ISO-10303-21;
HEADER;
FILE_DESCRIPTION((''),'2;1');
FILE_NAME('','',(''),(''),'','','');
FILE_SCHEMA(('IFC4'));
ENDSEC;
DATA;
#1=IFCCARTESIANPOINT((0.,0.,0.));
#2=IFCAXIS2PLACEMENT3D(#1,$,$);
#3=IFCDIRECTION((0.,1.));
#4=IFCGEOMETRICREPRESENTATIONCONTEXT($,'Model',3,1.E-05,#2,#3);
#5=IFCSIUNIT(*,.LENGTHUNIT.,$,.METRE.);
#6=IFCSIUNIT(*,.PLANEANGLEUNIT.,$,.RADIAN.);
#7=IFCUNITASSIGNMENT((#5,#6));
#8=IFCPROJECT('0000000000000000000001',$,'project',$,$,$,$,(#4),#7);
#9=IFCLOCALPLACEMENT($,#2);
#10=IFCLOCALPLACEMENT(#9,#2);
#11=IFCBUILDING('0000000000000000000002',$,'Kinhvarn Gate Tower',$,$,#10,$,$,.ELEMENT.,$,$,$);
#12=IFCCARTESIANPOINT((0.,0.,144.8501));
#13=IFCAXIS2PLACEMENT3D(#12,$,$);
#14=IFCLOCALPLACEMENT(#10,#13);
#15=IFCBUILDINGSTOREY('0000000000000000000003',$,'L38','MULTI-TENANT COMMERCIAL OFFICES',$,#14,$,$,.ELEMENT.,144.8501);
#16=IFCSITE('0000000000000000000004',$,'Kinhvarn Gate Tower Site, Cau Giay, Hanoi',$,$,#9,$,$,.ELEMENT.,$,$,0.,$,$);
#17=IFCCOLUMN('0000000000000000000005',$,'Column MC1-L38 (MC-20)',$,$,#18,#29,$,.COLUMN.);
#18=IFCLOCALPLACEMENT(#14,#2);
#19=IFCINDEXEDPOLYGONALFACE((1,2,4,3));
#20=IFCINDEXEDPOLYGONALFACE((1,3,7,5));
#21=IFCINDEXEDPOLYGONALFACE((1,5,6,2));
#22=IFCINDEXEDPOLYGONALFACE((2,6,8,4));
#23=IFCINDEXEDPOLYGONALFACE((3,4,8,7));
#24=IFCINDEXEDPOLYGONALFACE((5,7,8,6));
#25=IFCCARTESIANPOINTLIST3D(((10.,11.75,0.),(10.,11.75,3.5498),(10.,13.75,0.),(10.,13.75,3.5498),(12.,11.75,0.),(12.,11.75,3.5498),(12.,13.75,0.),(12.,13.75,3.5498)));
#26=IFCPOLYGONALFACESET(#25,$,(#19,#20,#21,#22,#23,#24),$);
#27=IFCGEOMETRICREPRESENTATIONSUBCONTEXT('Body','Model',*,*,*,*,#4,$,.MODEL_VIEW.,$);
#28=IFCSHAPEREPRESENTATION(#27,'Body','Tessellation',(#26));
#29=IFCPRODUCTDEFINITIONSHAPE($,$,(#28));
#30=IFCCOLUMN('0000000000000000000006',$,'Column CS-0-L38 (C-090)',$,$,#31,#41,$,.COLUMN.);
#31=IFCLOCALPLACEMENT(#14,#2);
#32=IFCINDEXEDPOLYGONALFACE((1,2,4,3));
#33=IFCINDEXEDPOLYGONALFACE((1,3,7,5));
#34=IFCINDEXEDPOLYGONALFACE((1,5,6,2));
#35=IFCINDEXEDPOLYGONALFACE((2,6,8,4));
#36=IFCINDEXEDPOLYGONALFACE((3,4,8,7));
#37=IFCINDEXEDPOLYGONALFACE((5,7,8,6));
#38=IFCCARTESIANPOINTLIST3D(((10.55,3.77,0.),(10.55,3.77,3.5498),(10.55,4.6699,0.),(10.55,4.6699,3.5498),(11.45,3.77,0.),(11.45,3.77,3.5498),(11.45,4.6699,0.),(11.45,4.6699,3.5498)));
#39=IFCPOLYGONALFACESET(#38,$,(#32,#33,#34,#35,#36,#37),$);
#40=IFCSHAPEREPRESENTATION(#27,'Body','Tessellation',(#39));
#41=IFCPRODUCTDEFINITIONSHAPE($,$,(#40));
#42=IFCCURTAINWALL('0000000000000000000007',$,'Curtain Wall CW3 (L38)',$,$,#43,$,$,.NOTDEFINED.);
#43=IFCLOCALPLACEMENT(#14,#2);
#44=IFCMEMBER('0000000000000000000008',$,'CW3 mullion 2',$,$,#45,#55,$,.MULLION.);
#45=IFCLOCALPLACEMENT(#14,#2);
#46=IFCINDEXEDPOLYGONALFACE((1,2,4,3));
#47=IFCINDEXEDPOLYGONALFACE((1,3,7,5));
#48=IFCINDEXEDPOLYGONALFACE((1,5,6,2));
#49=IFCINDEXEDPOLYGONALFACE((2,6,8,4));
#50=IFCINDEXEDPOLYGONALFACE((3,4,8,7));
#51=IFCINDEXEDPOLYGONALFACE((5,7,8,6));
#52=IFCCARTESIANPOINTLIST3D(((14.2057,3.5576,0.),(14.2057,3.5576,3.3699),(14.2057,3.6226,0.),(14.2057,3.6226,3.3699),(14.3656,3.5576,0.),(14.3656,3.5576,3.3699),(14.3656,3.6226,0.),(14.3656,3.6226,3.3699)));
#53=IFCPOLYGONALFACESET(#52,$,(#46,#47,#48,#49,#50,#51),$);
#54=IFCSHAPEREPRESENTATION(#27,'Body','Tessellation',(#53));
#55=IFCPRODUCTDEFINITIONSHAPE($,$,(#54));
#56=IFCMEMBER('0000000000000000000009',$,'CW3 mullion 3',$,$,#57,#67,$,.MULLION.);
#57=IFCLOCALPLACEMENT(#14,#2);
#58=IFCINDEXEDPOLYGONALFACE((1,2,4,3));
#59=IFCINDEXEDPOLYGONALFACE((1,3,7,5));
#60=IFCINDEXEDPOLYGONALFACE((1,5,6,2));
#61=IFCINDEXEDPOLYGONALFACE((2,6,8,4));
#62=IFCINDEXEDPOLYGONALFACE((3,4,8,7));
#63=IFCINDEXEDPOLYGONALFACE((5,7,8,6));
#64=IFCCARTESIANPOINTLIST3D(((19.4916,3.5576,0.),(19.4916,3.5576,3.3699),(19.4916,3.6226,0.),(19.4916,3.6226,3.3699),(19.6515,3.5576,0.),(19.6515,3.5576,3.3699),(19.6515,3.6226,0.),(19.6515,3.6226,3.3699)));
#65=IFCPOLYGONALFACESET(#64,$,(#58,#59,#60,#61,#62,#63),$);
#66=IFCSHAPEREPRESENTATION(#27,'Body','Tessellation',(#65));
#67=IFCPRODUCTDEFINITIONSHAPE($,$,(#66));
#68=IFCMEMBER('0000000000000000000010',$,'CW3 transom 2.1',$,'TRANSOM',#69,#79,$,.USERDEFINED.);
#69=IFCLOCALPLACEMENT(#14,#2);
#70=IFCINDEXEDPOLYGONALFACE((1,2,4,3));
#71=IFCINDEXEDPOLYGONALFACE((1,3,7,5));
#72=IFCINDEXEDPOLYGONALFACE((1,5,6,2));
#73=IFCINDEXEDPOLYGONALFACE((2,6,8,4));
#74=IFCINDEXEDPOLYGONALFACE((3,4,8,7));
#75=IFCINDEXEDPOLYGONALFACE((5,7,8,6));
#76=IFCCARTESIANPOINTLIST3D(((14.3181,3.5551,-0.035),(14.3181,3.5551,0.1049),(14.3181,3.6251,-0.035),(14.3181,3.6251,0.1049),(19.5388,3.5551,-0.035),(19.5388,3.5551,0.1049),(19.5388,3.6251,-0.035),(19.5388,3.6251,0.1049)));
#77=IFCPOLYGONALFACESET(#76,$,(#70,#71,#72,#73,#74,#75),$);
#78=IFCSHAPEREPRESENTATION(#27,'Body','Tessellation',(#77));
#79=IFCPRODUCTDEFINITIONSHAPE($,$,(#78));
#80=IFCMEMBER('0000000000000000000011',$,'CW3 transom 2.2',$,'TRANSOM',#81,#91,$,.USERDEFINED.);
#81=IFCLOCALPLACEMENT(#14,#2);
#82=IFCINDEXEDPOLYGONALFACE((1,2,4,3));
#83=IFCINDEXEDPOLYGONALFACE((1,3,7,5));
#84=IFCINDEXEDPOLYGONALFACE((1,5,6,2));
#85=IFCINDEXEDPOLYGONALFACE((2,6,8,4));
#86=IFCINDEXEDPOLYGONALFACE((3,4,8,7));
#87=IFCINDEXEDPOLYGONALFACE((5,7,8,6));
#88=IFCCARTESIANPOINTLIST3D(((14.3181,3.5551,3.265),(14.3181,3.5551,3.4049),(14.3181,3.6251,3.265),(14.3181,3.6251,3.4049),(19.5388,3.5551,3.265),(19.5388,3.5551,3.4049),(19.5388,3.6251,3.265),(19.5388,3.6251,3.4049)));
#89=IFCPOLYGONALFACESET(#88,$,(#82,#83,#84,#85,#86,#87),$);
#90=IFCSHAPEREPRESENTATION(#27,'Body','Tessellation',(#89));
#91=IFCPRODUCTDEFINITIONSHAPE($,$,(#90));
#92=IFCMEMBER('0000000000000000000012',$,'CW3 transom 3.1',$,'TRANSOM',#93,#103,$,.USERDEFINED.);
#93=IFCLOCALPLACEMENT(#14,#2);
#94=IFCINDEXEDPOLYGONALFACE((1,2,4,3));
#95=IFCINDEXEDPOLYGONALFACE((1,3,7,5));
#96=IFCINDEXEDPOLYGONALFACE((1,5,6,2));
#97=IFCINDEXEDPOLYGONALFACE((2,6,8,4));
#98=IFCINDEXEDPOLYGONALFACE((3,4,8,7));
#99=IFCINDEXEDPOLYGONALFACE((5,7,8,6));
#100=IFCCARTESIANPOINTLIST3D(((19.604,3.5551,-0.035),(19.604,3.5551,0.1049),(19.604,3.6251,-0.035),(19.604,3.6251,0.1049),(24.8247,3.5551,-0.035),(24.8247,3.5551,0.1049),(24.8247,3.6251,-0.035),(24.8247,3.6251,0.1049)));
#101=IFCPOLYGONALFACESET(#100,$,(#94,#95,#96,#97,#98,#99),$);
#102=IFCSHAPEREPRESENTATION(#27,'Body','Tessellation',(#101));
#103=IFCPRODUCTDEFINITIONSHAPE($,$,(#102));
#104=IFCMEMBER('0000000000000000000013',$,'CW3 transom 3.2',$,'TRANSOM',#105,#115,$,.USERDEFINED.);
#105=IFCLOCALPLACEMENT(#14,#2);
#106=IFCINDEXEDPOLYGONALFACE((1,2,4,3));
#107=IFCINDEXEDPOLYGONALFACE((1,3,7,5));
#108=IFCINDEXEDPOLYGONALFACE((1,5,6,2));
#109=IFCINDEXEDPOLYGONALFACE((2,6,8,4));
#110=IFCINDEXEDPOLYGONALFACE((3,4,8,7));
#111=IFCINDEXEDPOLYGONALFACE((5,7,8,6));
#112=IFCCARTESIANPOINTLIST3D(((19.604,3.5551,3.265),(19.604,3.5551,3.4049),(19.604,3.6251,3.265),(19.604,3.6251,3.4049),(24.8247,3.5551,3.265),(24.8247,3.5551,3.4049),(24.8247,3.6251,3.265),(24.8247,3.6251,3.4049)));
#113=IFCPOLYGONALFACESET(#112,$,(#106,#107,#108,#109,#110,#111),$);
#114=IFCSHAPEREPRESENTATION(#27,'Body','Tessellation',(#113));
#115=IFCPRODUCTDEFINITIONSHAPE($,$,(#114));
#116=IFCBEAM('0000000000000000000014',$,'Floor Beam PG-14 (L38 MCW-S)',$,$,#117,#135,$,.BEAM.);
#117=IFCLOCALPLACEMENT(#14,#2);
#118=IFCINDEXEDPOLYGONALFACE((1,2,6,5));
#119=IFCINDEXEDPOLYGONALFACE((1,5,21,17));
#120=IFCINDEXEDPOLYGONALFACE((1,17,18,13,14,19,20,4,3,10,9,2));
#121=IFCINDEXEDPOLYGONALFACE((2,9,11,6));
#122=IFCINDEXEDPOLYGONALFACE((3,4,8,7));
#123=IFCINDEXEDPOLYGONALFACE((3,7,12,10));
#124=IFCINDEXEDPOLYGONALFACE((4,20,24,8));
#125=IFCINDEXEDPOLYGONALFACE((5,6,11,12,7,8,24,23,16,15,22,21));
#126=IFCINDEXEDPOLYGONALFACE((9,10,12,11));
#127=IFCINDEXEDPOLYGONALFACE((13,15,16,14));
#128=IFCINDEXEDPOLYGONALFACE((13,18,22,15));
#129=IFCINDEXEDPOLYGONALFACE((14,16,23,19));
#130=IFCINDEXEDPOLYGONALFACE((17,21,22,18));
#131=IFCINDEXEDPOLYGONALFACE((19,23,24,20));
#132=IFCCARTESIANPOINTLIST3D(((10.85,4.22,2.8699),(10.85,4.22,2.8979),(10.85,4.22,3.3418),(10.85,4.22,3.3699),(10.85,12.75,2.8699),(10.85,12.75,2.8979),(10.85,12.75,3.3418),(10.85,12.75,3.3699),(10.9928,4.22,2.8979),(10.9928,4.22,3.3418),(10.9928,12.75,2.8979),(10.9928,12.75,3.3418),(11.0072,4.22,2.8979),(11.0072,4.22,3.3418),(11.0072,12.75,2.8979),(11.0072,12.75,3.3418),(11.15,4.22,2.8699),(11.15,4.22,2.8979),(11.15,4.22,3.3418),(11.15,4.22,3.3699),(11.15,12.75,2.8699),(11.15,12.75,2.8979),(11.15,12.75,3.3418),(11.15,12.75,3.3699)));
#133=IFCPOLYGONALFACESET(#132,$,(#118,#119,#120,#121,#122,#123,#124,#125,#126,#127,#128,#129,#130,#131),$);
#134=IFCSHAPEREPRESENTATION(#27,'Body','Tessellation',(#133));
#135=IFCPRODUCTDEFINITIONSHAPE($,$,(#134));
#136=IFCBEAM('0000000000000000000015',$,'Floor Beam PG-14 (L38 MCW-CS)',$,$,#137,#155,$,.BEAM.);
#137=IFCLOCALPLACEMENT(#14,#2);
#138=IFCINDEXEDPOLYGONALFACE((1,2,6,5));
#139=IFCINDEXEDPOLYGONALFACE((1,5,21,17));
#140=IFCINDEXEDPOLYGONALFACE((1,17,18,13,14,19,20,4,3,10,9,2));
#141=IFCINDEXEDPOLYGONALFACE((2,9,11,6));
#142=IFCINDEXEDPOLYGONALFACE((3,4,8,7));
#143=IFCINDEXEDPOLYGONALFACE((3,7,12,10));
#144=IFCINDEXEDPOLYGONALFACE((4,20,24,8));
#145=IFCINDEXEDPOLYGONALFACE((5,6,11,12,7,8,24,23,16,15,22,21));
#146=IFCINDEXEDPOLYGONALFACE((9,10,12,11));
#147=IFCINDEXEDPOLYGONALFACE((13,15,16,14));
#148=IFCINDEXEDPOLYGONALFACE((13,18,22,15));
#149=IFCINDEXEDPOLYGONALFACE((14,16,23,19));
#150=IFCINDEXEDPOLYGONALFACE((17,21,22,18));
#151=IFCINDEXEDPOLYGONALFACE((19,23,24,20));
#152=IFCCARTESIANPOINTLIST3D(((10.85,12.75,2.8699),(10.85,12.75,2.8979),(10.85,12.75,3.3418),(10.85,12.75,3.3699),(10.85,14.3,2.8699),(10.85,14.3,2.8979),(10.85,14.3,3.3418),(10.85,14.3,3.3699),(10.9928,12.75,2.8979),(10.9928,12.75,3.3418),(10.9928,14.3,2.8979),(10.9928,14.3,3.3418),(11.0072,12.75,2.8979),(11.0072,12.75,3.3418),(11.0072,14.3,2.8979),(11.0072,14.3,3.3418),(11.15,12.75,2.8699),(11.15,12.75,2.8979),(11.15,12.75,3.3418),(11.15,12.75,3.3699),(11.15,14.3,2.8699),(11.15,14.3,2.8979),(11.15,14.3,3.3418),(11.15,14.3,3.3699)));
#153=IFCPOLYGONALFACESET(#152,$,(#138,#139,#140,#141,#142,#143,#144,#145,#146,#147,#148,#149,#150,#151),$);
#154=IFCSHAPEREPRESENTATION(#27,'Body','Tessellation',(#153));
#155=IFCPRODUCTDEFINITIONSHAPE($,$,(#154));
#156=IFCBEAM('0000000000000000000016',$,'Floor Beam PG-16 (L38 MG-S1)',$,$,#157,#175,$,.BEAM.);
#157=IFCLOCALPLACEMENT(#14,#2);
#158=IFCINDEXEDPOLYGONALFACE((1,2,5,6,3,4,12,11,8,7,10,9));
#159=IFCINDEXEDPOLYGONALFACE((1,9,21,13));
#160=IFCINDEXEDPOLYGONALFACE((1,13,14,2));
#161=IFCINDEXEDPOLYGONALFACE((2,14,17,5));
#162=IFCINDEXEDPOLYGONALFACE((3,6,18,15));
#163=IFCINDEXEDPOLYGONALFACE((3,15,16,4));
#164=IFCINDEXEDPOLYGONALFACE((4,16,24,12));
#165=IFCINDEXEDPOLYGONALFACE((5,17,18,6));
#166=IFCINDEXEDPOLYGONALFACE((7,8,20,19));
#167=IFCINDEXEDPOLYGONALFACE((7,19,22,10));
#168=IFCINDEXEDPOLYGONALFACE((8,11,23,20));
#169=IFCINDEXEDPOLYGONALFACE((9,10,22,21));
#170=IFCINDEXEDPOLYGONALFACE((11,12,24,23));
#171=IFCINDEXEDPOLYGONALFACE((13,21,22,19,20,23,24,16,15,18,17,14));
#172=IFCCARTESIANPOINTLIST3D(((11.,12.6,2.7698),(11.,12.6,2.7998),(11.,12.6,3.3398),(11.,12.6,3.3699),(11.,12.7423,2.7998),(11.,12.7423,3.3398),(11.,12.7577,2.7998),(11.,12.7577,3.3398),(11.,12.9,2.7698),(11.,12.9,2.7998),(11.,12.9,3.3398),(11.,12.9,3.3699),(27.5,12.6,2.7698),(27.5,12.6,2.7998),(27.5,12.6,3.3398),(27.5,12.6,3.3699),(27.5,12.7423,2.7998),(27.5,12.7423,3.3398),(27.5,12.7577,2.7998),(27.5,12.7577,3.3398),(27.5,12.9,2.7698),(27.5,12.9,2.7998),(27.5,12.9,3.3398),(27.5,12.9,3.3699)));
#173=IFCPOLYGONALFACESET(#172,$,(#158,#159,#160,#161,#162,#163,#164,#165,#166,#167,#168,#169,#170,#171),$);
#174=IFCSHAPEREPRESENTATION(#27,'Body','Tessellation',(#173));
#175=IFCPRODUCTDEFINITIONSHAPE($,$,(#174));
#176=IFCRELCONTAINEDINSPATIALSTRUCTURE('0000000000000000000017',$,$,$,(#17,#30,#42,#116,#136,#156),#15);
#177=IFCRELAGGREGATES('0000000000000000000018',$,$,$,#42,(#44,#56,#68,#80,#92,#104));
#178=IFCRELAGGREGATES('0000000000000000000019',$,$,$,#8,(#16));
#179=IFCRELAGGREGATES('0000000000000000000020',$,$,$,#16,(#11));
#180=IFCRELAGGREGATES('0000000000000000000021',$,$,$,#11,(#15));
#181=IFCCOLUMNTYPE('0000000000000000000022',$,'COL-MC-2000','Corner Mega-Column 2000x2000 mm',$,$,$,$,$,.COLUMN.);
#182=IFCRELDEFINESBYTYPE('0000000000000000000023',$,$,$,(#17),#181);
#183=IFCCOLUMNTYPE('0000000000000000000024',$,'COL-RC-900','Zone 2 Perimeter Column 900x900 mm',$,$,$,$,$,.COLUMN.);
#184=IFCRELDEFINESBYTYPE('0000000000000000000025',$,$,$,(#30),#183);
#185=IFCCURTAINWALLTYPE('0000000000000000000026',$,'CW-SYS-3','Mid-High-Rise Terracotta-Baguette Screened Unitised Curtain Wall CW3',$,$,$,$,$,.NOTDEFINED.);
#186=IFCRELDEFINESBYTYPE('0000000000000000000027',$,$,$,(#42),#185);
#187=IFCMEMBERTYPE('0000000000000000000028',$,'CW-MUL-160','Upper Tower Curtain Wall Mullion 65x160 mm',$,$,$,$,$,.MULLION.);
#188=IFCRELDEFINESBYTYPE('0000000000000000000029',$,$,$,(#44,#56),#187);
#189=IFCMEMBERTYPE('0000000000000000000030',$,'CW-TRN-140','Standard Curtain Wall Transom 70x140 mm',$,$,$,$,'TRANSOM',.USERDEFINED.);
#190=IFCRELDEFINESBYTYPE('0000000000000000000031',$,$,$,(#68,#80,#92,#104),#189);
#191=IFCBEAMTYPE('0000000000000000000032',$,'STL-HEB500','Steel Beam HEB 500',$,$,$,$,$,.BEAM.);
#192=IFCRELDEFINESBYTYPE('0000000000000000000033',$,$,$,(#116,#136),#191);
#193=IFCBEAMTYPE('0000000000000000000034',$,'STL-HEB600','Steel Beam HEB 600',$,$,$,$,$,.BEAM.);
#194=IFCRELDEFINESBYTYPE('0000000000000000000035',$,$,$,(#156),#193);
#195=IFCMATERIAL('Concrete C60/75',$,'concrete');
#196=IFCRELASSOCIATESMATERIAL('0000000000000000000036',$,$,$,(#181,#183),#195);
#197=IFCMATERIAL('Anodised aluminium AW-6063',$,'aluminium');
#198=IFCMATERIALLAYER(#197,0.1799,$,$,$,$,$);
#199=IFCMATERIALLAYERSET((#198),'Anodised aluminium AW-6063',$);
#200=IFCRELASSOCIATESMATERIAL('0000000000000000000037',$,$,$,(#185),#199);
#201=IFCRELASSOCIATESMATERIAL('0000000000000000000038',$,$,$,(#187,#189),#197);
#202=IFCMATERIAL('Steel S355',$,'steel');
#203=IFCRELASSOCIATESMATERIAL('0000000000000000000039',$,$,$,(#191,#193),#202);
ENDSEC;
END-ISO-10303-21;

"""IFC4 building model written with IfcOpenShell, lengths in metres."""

from ifc_helpers import new_model, si_unit, direction, frame, origin, origin_2d, place, context, subcontext, project, spatial, rectangle, i_section, extrude, material, layer, layer_set, material_profile, profile_set, type_object, element, aggregate, save


model = new_model("IFC4")

# Units and contexts
model_context = context("Model", 3, precision=1e-05, world=origin(), true_north=direction((0.0, 1.0)))
body_context = subcontext(model_context, "Body", "Model", "MODEL_VIEW")
ifc_project = project(units=[si_unit("LENGTHUNIT", "METRE"), si_unit("PLANEANGLEUNIT", "RADIAN")], contexts=[model_context])

# Site, building, storey
site_placement = place(None, origin())
site = spatial("IfcSite", under=ifc_project, at=site_placement, Name="Kinhvarn Gate Tower Site, Cau Giay, Hanoi", CompositionType="ELEMENT", RefElevation=0.0)
building_placement = place(site_placement, origin())
building = spatial("IfcBuilding", under=site, at=building_placement, Name="Kinhvarn Gate Tower", CompositionType="ELEMENT")
storey_placement = place(building_placement, frame((0.0, 0.0, 144.8501)))
storey = spatial("IfcBuildingStorey", under=building, at=storey_placement, Name="L38", Description="MULTI-TENANT COMMERCIAL OFFICES", CompositionType="ELEMENT", Elevation=144.8501)

# Columns
ifc_material_1 = material(Name="Concrete C60/75", Category="concrete")
ifc_material_profile_1 = material_profile(ifc_material_1, rectangle(XDim=2.0, YDim=2.0, at=origin_2d()), Name="RC 2000x2000")
ifc_profile_set_1 = profile_set([ifc_material_profile_1], Name="Concrete C60/75")
column_type_1 = type_object("IfcColumnType", Name="COL-MC-2000", Description="Corner Mega-Column 2000x2000 mm", PredefinedType="COLUMN", material=ifc_profile_set_1)
column_1_placement = place(storey_placement, frame((11.0, 12.75, 0.0), z_axis=(0.0, 0.0, 1.0), x_axis=(1.0, 0.0, 0.0)))
element("IfcColumn", 1, at=column_1_placement, inside=storey, type_object=column_type_1, Name="Column MC1-L38 (MC-20)", PredefinedType="COLUMN", context=body_context, shape_type="SweptSolid", body=[
    extrude(rectangle(XDim=2.0, YDim=2.0, at=origin_2d()), origin(), (0.0, 0.0, 1.0), 3.5498),
])
ifc_material_profile_2 = material_profile(ifc_material_1, rectangle(XDim=0.8999, YDim=0.8999, at=origin_2d()), Name="RC 900x900")
ifc_profile_set_2 = profile_set([ifc_material_profile_2], Name="Concrete C60/75")
column_type_2 = type_object("IfcColumnType", Name="COL-RC-900", Description="Zone 2 Perimeter Column 900x900 mm", PredefinedType="COLUMN", material=ifc_profile_set_2)
column_2_placement = place(storey_placement, frame((11.0, 4.22, 0.0), z_axis=(0.0, 0.0, 1.0), x_axis=(1.0, 0.0, 0.0)))
element("IfcColumn", 2, at=column_2_placement, inside=storey, type_object=column_type_2, Name="Column CS-0-L38 (C-090)", PredefinedType="COLUMN", context=body_context, shape_type="SweptSolid", body=[
    extrude(rectangle(XDim=0.8999, YDim=0.8999, at=origin_2d()), origin(), (0.0, 0.0, 1.0), 3.5498),
])

# Curtain wall, members
ifc_material_2 = material(Name="Anodised aluminium AW-6063", Category="aluminium")
ifc_layer_1 = layer(ifc_material_2, 0.1799)
ifc_layer_set_1 = layer_set([ifc_layer_1], Name="Anodised aluminium AW-6063")
curtain_wall_type = type_object("IfcCurtainWallType", Name="CW-SYS-3", Description="Mid-High-Rise Terracotta-Baguette Screened Unitised Curtain Wall CW3", PredefinedType="NOTDEFINED", material=ifc_layer_set_1)
curtain_wall_placement = place(storey_placement, origin())
curtain_wall = element("IfcCurtainWall", 3, at=curtain_wall_placement, inside=storey, type_object=curtain_wall_type, Name="Curtain Wall CW3 (L38)", PredefinedType="NOTDEFINED")
ifc_material_profile_3 = material_profile(ifc_material_2, rectangle(XDim=0.0649, YDim=0.1599, at=origin_2d()), Name="ALU 65x160")
ifc_profile_set_3 = profile_set([ifc_material_profile_3], Name="Anodised aluminium AW-6063")
member_type_1 = type_object("IfcMemberType", Name="CW-MUL-160", Description="Upper Tower Curtain Wall Mullion 65x160 mm", PredefinedType="MULLION", material=ifc_profile_set_3)
member_1_placement = place(storey_placement, frame((14.2856, 3.5901, 0.0), z_axis=(0.0, 0.0, 1.0), x_axis=(0.0, 1.0, 0.0)))
member_1 = element("IfcMember", 4, at=member_1_placement, type_object=member_type_1, Name="CW3 mullion 2", PredefinedType="MULLION", context=body_context, shape_type="SweptSolid", body=[
    extrude(rectangle(XDim=0.0649, YDim=0.1599, at=origin_2d()), origin(), (0.0, 0.0, 1.0), 3.3699),
])
member_2_placement = place(storey_placement, frame((19.5715, 3.5901, 0.0), z_axis=(0.0, 0.0, 1.0), x_axis=(0.0, 1.0, 0.0)))
member_2 = element("IfcMember", 5, at=member_2_placement, type_object=member_type_1, Name="CW3 mullion 3", PredefinedType="MULLION", context=body_context, shape_type="SweptSolid", body=[
    extrude(rectangle(XDim=0.0649, YDim=0.1599, at=origin_2d()), origin(), (0.0, 0.0, 1.0), 3.3699),
])
ifc_material_profile_4 = material_profile(ifc_material_2, rectangle(XDim=0.0701, YDim=0.1399, at=origin_2d()), Name="ALU 70x140")
ifc_profile_set_4 = profile_set([ifc_material_profile_4], Name="Anodised aluminium AW-6063")
member_type_2 = type_object("IfcMemberType", Name="CW-TRN-140", Description="Standard Curtain Wall Transom 70x140 mm", ElementType="TRANSOM", PredefinedType="USERDEFINED", material=ifc_profile_set_4)
member_3_placement = place(storey_placement, frame((14.3181, 3.5901, 0.0349), z_axis=(1.0, 0.0, 0.0), x_axis=(0.0, 1.0, 0.0)))
member_3 = element("IfcMember", 6, at=member_3_placement, type_object=member_type_2, Name="CW3 transom 2.1", ObjectType="TRANSOM", PredefinedType="USERDEFINED", context=body_context, shape_type="SweptSolid", body=[
    extrude(rectangle(XDim=0.0701, YDim=0.1399, at=origin_2d()), origin(), (0.0, 0.0, 1.0), 5.2207),
])
member_4_placement = place(storey_placement, frame((14.3181, 3.5901, 3.335), z_axis=(1.0, 0.0, 0.0), x_axis=(0.0, 1.0, 0.0)))
member_4 = element("IfcMember", 7, at=member_4_placement, type_object=member_type_2, Name="CW3 transom 2.2", ObjectType="TRANSOM", PredefinedType="USERDEFINED", context=body_context, shape_type="SweptSolid", body=[
    extrude(rectangle(XDim=0.0701, YDim=0.1399, at=origin_2d()), origin(), (0.0, 0.0, 1.0), 5.2207),
])
member_5_placement = place(storey_placement, frame((19.604, 3.5901, 0.0349), z_axis=(1.0, 0.0, 0.0), x_axis=(0.0, 1.0, 0.0)))
member_5 = element("IfcMember", 8, at=member_5_placement, type_object=member_type_2, Name="CW3 transom 3.1", ObjectType="TRANSOM", PredefinedType="USERDEFINED", context=body_context, shape_type="SweptSolid", body=[
    extrude(rectangle(XDim=0.0701, YDim=0.1399, at=origin_2d()), origin(), (0.0, 0.0, 1.0), 5.2207),
])
member_6_placement = place(storey_placement, frame((19.604, 3.5901, 3.335), z_axis=(1.0, 0.0, 0.0), x_axis=(0.0, 1.0, 0.0)))
member_6 = element("IfcMember", 9, at=member_6_placement, type_object=member_type_2, Name="CW3 transom 3.2", ObjectType="TRANSOM", PredefinedType="USERDEFINED", context=body_context, shape_type="SweptSolid", body=[
    extrude(rectangle(XDim=0.0701, YDim=0.1399, at=origin_2d()), origin(), (0.0, 0.0, 1.0), 5.2207),
])

# Beams
ifc_material_3 = material(Name="Steel S355", Category="steel")
ifc_material_profile_5 = material_profile(ifc_material_3, i_section(OverallWidth=0.3, OverallDepth=0.5, WebThickness=0.0144, FlangeThickness=0.0281, at=origin_2d()), Name="HEB 500")
ifc_profile_set_5 = profile_set([ifc_material_profile_5], Name="Steel S355")
beam_type_1 = type_object("IfcBeamType", Name="STL-HEB500", Description="Steel Beam HEB 500", PredefinedType="BEAM", material=ifc_profile_set_5)
beam_1_placement = place(storey_placement, frame((11.0, 4.22, 3.1199), z_axis=(0.0, 1.0, 0.0), x_axis=(-1.0, 0.0, 0.0)))
element("IfcBeam", 10, at=beam_1_placement, inside=storey, type_object=beam_type_1, Name="Floor Beam PG-14 (L38 MCW-S)", PredefinedType="BEAM", context=body_context, shape_type="SweptSolid", body=[
    extrude(i_section(OverallWidth=0.3, OverallDepth=0.5, WebThickness=0.0144, FlangeThickness=0.0281, at=origin_2d()), origin(), (0.0, 0.0, 1.0), 8.53),
])
beam_2_placement = place(storey_placement, frame((11.0, 12.75, 3.1199), z_axis=(0.0, 1.0, 0.0), x_axis=(-1.0, 0.0, 0.0)))
element("IfcBeam", 11, at=beam_2_placement, inside=storey, type_object=beam_type_1, Name="Floor Beam PG-14 (L38 MCW-CS)", PredefinedType="BEAM", context=body_context, shape_type="SweptSolid", body=[
    extrude(i_section(OverallWidth=0.3, OverallDepth=0.5, WebThickness=0.0144, FlangeThickness=0.0281, at=origin_2d()), origin(), (0.0, 0.0, 1.0), 1.55),
])
ifc_material_profile_6 = material_profile(ifc_material_3, i_section(OverallWidth=0.3, OverallDepth=0.6001, WebThickness=0.0154, FlangeThickness=0.03, at=origin_2d()), Name="HEB 600")
ifc_profile_set_6 = profile_set([ifc_material_profile_6], Name="Steel S355")
beam_type_2 = type_object("IfcBeamType", Name="STL-HEB600", Description="Steel Beam HEB 600", PredefinedType="BEAM", material=ifc_profile_set_6)
beam_3_placement = place(storey_placement, frame((11.0, 12.75, 3.0698), z_axis=(1.0, 0.0, 0.0), x_axis=(0.0, 1.0, 0.0)))
element("IfcBeam", 12, at=beam_3_placement, inside=storey, type_object=beam_type_2, Name="Floor Beam PG-16 (L38 MG-S1)", PredefinedType="BEAM", context=body_context, shape_type="SweptSolid", body=[
    extrude(i_section(OverallWidth=0.3, OverallDepth=0.6001, WebThickness=0.0154, FlangeThickness=0.03, at=origin_2d()), origin(), (0.0, 0.0, 1.0), 16.5),
])

aggregate(curtain_wall, [member_1, member_2, member_3, member_4, member_5, member_6])

save(model, "model.ifc")
